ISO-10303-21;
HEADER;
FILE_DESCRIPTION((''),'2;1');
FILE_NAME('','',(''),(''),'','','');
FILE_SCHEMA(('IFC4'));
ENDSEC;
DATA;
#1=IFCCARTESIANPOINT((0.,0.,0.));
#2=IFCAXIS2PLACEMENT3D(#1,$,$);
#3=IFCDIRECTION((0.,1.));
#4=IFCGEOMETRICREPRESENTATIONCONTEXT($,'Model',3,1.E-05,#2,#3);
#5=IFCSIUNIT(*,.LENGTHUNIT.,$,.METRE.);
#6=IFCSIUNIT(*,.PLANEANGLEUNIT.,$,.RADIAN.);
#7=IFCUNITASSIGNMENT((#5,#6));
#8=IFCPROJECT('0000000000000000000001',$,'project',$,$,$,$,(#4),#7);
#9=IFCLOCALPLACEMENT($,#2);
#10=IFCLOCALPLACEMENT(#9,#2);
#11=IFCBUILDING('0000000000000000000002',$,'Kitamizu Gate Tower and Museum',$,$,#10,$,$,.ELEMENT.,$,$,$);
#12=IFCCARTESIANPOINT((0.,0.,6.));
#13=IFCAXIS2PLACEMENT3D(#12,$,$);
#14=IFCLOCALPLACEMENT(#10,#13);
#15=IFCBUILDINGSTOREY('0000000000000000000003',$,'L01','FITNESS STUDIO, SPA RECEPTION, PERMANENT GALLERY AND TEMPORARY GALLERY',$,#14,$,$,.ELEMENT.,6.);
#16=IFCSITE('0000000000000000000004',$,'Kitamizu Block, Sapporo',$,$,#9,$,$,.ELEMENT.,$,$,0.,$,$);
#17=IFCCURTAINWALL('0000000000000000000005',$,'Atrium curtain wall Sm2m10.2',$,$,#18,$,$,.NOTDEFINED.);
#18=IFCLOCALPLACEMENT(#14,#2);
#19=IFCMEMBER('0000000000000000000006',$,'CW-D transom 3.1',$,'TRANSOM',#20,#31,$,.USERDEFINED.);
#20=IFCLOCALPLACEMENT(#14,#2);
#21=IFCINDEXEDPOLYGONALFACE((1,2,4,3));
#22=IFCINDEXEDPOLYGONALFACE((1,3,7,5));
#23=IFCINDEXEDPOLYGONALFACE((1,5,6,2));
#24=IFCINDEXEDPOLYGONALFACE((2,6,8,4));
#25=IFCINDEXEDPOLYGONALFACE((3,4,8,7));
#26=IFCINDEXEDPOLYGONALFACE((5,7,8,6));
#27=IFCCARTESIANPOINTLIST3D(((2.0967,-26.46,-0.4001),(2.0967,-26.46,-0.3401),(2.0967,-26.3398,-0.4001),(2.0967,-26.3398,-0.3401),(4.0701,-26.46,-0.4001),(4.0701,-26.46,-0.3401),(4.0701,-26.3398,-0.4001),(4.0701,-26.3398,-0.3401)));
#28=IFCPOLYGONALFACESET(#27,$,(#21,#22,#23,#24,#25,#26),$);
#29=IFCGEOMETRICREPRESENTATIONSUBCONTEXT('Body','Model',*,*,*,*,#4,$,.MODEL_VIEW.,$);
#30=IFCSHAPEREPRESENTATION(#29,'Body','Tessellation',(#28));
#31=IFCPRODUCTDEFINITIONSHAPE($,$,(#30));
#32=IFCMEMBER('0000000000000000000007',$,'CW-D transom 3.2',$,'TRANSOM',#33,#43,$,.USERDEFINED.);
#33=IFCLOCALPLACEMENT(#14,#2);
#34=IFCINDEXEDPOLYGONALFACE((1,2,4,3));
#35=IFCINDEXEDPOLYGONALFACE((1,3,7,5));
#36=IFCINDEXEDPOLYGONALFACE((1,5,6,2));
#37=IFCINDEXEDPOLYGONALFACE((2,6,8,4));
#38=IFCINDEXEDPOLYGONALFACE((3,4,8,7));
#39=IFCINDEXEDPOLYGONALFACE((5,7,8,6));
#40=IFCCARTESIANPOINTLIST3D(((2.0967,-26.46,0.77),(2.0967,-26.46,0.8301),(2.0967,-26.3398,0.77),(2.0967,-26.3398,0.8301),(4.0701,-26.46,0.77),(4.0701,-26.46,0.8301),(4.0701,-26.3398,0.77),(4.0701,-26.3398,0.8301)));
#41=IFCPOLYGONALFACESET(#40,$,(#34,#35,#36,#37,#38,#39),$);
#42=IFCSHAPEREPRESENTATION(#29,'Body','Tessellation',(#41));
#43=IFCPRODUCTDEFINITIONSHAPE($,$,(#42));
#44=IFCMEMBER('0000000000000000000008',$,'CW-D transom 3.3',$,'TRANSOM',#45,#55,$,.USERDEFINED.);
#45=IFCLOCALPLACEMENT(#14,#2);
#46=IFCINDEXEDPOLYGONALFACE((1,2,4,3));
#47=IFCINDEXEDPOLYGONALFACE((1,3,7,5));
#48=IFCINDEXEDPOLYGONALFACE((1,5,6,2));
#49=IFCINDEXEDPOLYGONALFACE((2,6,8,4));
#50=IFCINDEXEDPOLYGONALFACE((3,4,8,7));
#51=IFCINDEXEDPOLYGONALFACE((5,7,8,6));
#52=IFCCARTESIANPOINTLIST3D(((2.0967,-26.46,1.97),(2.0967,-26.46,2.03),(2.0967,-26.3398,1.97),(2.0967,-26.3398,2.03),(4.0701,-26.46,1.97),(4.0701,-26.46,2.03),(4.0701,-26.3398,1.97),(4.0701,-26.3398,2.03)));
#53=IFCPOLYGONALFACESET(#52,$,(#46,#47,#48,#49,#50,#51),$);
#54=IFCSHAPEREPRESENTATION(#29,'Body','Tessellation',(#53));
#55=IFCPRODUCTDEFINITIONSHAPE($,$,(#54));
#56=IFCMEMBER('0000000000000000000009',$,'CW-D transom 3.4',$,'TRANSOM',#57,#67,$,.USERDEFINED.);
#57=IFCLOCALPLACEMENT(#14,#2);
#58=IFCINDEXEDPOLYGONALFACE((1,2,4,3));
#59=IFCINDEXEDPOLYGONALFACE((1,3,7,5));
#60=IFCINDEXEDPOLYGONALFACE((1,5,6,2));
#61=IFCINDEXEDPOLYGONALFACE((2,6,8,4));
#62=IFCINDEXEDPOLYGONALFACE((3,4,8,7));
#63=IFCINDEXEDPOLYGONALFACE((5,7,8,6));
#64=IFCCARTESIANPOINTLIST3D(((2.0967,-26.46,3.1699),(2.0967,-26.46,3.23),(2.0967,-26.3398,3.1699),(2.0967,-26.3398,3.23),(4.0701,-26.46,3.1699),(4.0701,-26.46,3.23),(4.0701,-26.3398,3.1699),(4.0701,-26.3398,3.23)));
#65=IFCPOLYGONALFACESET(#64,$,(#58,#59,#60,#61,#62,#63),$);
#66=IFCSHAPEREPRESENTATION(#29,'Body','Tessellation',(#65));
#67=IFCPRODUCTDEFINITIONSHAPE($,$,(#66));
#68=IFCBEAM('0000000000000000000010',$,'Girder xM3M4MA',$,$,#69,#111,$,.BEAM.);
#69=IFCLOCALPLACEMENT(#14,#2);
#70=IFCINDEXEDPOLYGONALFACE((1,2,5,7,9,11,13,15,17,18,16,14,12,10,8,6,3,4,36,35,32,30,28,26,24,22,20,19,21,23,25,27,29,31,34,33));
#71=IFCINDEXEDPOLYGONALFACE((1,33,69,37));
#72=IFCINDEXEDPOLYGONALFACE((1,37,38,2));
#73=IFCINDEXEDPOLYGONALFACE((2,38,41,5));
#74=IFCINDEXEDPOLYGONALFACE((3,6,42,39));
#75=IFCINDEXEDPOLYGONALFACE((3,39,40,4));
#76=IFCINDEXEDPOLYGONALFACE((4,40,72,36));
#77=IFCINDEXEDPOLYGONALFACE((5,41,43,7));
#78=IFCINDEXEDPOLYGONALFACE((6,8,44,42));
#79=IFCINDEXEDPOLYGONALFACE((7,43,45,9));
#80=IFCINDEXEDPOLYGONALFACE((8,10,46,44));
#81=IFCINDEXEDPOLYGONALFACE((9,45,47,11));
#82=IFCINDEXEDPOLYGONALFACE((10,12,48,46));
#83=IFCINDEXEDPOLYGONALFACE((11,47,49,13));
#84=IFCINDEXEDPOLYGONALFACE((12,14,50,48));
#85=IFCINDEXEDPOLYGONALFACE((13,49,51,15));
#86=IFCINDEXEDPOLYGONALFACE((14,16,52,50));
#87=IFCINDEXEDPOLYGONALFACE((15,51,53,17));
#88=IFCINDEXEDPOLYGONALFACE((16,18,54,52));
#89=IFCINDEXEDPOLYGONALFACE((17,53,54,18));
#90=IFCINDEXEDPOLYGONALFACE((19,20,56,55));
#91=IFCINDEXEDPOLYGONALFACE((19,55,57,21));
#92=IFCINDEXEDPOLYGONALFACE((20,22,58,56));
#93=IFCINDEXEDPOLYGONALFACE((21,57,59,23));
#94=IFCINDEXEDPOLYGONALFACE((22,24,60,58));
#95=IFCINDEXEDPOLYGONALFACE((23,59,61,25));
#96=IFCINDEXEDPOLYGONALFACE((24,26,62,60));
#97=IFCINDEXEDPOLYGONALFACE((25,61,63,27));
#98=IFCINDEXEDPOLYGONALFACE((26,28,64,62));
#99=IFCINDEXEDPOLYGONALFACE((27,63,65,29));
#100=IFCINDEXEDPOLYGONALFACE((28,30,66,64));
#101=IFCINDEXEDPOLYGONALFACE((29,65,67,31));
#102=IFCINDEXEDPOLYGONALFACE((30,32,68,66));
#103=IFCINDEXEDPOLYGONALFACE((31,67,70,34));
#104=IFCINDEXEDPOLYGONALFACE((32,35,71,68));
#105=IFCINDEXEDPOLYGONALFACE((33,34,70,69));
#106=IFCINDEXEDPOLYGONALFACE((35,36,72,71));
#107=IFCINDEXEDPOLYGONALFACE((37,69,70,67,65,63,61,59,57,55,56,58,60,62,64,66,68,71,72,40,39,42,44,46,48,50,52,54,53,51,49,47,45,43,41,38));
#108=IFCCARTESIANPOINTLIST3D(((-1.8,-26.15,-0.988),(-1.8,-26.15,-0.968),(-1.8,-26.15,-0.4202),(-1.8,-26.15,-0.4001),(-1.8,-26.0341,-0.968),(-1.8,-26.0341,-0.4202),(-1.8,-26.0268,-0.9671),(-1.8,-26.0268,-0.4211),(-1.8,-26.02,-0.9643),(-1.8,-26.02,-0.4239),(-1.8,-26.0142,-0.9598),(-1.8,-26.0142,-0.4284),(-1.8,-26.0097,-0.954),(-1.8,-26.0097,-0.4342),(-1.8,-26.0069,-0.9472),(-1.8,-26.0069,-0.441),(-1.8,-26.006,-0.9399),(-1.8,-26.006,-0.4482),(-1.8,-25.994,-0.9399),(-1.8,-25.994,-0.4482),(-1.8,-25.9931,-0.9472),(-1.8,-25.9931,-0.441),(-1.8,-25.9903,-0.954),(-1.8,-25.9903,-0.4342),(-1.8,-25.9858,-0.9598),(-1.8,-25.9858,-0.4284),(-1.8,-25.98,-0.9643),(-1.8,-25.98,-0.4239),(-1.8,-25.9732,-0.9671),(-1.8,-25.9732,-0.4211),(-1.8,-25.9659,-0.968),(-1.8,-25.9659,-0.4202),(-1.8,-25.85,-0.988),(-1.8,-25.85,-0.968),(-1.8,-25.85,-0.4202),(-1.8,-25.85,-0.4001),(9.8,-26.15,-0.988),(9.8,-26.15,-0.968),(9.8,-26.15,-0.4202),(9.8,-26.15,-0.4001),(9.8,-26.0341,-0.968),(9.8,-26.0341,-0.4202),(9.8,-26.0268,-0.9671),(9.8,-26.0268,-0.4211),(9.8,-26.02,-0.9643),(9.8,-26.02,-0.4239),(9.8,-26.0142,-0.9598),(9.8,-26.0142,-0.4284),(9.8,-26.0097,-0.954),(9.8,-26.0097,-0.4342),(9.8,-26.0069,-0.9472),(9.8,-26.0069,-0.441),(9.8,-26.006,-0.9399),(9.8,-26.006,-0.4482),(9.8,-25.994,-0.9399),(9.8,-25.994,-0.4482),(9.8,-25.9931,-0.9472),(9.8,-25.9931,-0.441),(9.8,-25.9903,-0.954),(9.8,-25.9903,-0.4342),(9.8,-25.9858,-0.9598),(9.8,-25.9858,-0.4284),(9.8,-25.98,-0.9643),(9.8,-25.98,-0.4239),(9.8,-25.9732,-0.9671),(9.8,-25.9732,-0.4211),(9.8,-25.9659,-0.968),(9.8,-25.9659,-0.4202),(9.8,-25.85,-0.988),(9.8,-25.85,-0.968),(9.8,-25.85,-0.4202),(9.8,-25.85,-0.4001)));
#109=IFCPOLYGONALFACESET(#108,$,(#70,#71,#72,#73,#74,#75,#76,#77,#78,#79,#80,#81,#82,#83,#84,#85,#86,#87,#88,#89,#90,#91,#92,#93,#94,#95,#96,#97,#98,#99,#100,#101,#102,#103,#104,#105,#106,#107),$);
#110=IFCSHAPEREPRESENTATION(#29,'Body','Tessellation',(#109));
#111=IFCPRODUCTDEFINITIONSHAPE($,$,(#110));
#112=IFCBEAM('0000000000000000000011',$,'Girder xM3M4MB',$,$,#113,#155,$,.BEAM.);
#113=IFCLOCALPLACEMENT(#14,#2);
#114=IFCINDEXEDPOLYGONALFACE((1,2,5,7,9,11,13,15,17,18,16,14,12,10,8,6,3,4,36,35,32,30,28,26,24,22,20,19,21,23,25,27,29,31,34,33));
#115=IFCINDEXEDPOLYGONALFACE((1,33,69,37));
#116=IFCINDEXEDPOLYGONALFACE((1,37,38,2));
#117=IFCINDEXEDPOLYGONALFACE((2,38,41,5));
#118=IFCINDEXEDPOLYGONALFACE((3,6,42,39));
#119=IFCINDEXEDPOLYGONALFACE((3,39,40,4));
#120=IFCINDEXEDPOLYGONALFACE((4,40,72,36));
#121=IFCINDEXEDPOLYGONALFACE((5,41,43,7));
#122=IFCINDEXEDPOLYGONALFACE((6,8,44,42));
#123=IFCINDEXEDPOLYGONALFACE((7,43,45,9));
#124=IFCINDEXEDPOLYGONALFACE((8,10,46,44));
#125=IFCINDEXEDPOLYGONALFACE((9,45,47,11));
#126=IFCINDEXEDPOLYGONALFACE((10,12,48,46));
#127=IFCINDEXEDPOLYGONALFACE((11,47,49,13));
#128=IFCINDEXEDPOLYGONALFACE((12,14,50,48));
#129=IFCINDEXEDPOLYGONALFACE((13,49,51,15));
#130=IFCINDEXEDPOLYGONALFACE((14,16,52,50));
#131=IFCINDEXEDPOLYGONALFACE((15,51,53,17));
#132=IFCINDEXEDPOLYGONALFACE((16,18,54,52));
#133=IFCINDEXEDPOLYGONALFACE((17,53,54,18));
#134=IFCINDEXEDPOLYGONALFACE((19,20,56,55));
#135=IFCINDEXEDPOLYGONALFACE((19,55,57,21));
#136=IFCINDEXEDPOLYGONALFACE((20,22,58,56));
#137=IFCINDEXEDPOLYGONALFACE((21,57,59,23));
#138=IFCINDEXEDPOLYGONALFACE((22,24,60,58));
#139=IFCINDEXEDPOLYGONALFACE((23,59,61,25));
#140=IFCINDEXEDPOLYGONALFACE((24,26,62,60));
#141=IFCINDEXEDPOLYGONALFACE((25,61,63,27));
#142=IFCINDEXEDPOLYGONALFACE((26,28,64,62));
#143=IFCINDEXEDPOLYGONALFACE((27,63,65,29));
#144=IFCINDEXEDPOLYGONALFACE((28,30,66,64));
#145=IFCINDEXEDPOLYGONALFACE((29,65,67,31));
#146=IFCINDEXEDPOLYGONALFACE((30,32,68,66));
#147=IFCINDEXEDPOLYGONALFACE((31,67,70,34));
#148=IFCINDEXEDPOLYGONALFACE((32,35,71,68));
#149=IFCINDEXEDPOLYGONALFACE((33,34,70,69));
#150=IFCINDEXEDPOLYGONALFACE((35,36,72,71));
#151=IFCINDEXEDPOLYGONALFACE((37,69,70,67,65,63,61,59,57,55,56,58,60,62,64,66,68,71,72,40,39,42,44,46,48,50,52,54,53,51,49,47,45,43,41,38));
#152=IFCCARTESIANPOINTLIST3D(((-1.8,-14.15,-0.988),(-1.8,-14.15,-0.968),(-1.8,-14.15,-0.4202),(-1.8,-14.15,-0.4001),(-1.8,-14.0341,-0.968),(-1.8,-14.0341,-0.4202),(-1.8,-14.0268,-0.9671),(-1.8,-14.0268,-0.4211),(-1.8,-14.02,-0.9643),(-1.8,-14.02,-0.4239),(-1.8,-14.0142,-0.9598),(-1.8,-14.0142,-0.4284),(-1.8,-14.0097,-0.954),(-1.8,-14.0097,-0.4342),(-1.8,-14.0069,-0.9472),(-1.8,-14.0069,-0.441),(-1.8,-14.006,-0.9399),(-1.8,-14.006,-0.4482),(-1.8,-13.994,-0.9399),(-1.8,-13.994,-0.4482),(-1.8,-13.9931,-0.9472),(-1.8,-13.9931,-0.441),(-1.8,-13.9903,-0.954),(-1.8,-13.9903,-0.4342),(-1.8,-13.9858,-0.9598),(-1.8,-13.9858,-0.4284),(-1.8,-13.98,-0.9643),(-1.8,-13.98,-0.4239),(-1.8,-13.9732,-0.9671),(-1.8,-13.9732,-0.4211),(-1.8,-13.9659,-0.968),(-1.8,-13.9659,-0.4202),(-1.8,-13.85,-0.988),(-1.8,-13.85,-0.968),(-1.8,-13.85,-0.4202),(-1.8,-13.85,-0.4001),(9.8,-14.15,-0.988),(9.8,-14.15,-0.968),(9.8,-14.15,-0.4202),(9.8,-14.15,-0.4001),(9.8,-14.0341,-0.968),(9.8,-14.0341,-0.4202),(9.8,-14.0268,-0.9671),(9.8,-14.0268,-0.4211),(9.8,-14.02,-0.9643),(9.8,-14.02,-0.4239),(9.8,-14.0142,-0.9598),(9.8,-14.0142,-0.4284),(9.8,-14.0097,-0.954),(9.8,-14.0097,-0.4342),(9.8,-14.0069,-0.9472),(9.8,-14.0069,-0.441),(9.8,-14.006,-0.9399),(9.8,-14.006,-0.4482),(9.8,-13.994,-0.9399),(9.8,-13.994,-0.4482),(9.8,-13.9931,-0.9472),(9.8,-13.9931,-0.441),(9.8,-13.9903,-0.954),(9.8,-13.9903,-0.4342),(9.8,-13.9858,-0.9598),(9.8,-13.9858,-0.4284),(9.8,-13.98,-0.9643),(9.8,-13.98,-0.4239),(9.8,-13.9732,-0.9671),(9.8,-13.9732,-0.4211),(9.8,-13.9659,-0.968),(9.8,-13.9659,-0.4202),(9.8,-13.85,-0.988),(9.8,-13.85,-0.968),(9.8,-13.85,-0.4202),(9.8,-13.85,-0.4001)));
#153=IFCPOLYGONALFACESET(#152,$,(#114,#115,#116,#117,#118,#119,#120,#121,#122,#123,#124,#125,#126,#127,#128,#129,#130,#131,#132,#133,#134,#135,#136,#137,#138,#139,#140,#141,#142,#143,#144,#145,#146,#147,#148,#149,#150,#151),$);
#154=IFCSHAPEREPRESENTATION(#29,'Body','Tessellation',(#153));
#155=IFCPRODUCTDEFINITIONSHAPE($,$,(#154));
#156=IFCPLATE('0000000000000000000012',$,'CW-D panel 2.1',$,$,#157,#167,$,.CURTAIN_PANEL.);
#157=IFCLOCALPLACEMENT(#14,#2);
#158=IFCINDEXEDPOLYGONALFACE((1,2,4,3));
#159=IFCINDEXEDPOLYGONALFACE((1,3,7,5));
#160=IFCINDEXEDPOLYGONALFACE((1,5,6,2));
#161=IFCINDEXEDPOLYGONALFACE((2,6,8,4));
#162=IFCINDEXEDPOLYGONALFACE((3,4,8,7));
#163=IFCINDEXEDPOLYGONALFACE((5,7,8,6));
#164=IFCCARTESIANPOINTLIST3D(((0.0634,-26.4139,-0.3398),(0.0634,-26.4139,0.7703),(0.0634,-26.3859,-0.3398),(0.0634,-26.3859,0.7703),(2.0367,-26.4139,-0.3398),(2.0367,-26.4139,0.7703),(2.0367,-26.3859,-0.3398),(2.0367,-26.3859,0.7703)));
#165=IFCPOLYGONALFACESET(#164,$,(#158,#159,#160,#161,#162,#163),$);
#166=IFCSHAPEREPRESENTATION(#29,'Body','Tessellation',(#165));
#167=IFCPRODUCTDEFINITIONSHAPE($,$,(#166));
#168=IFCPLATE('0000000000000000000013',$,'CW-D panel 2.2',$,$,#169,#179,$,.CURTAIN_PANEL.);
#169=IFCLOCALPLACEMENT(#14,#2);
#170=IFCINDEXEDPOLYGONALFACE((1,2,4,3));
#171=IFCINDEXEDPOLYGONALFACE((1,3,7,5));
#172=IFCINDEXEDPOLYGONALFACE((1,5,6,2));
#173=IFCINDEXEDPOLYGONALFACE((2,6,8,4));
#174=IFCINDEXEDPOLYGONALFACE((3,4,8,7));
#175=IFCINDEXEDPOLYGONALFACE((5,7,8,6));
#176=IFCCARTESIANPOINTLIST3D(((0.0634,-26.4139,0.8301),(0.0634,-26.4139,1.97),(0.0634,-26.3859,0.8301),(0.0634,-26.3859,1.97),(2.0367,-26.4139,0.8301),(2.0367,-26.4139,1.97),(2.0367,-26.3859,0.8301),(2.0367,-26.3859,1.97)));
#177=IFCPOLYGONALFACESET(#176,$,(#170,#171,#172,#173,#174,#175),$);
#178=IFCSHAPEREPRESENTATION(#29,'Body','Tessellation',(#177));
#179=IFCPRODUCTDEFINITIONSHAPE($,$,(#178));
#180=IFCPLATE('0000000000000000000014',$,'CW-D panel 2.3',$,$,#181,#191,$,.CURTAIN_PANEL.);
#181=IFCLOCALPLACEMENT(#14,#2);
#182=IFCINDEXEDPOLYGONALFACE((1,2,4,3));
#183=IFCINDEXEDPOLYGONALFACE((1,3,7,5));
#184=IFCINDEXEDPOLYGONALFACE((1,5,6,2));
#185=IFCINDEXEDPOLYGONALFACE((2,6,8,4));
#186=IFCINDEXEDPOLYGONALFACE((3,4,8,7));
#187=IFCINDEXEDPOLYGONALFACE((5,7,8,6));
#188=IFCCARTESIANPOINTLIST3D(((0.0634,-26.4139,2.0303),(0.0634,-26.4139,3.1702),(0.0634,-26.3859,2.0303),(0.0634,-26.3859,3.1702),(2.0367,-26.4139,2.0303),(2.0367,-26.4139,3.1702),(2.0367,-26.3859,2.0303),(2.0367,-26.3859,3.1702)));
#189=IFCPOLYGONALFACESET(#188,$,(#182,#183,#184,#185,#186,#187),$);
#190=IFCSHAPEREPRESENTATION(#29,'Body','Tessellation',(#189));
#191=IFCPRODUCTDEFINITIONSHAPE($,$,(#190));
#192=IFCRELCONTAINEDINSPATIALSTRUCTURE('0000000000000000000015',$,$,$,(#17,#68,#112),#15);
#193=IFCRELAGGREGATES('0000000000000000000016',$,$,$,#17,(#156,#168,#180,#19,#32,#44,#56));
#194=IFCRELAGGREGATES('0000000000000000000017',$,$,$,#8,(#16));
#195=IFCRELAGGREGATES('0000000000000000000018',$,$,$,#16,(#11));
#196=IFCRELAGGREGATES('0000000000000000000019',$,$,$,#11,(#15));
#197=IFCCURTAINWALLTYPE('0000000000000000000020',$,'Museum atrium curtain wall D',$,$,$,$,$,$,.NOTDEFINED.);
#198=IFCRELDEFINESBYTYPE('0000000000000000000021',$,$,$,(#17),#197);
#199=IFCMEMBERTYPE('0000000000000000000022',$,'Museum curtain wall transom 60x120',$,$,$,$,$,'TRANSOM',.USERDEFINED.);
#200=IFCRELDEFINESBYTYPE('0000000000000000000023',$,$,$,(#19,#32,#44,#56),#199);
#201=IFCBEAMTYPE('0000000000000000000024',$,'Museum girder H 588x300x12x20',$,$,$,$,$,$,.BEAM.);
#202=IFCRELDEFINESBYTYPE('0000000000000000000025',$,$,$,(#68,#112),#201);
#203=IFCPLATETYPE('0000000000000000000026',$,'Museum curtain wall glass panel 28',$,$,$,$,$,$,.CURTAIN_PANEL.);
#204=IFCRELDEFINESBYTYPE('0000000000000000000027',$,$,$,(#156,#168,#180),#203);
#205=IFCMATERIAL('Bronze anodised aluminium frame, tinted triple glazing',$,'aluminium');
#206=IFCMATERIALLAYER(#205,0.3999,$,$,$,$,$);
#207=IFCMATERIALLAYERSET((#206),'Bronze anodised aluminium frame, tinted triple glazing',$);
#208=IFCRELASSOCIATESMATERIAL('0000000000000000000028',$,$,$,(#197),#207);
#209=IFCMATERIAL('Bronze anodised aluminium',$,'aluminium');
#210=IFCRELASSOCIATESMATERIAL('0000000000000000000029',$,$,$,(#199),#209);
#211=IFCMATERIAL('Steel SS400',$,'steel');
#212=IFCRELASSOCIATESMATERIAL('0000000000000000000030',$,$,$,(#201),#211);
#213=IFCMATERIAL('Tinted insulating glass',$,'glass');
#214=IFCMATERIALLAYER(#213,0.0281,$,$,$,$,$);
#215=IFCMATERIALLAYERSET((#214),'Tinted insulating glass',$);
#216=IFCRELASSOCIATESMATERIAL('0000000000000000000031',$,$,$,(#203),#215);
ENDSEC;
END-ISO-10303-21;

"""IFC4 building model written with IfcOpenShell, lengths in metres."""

from ifc_helpers import new_model, si_unit, direction, frame, origin, origin_2d, place, context, subcontext, project, spatial, rectangle, i_section, extrude, material, layer, layer_set, material_profile, profile_set, type_object, element, aggregate, save


model = new_model("IFC4")

# Units and contexts
model_context = context("Model", 3, precision=1e-05, world=origin(), true_north=direction((0.0, 1.0)))
body_context = subcontext(model_context, "Body", "Model", "MODEL_VIEW")
ifc_project = project(units=[si_unit("LENGTHUNIT", "METRE"), si_unit("PLANEANGLEUNIT", "RADIAN")], contexts=[model_context])

# Site, building, storey
site_placement = place(None, origin())
site = spatial("IfcSite", under=ifc_project, at=site_placement, Name="Kitamizu Block, Sapporo", CompositionType="ELEMENT", RefElevation=0.0)
building_placement = place(site_placement, origin())
building = spatial("IfcBuilding", under=site, at=building_placement, Name="Kitamizu Gate Tower and Museum", CompositionType="ELEMENT")
storey_placement = place(building_placement, frame((0.0, 0.0, 6.0)))
storey = spatial("IfcBuildingStorey", under=building, at=storey_placement, Name="L01", Description="FITNESS STUDIO, SPA RECEPTION, PERMANENT GALLERY AND TEMPORARY GALLERY", CompositionType="ELEMENT", Elevation=6.0)

# Curtain wall, members
ifc_material_1 = material(Name="Bronze anodised aluminium frame, tinted triple glazing", Category="aluminium")
ifc_layer_1 = layer(ifc_material_1, 0.3999)
ifc_layer_set_1 = layer_set([ifc_layer_1], Name="Bronze anodised aluminium frame, tinted triple glazing")
curtain_wall_type = type_object("IfcCurtainWallType", Name="Museum atrium curtain wall D", PredefinedType="NOTDEFINED", material=ifc_layer_set_1)
curtain_wall_placement = place(storey_placement, origin())
curtain_wall = element("IfcCurtainWall", 1, at=curtain_wall_placement, inside=storey, type_object=curtain_wall_type, Name="Atrium curtain wall Sm2m10.2", PredefinedType="NOTDEFINED")
ifc_material_2 = material(Name="Bronze anodised aluminium", Category="aluminium")
ifc_material_profile_1 = material_profile(ifc_material_2, rectangle(XDim=0.1201, YDim=0.0601, at=origin_2d()), Name="120x60")
ifc_profile_set_1 = profile_set([ifc_material_profile_1], Name="Bronze anodised aluminium")
member_type_1 = type_object("IfcMemberType", Name="Museum curtain wall transom 60x120", ElementType="TRANSOM", PredefinedType="USERDEFINED", material=ifc_profile_set_1)
member_1_placement = place(storey_placement, frame((2.0967, -26.3999, -0.3701), z_axis=(1.0, 0.0, 0.0), x_axis=(0.0, 1.0, 0.0)))
member_1 = element("IfcMember", 2, at=member_1_placement, type_object=member_type_1, Name="CW-D transom 3.1", ObjectType="TRANSOM", PredefinedType="USERDEFINED", context=body_context, shape_type="SweptSolid", body=[
    extrude(rectangle(XDim=0.1201, YDim=0.0601, at=origin_2d()), origin(), (0.0, 0.0, 1.0), 1.9734),
])
member_2_placement = place(storey_placement, frame((2.0967, -26.3999, 0.8), z_axis=(1.0, 0.0, 0.0), x_axis=(0.0, 1.0, 0.0)))
member_2 = element("IfcMember", 3, at=member_2_placement, type_object=member_type_1, Name="CW-D transom 3.2", ObjectType="TRANSOM", PredefinedType="USERDEFINED", context=body_context, shape_type="SweptSolid", body=[
    extrude(rectangle(XDim=0.1201, YDim=0.0601, at=origin_2d()), origin(), (0.0, 0.0, 1.0), 1.9734),
])
member_3_placement = place(storey_placement, frame((2.0967, -26.3999, 2.0), z_axis=(1.0, 0.0, 0.0), x_axis=(0.0, 1.0, 0.0)))
member_3 = element("IfcMember", 4, at=member_3_placement, type_object=member_type_1, Name="CW-D transom 3.3", ObjectType="TRANSOM", PredefinedType="USERDEFINED", context=body_context, shape_type="SweptSolid", body=[
    extrude(rectangle(XDim=0.1201, YDim=0.0601, at=origin_2d()), origin(), (0.0, 0.0, 1.0), 1.9734),
])
member_4_placement = place(storey_placement, frame((2.0967, -26.3999, 3.2), z_axis=(1.0, 0.0, 0.0), x_axis=(0.0, 1.0, 0.0)))
member_4 = element("IfcMember", 5, at=member_4_placement, type_object=member_type_1, Name="CW-D transom 3.4", ObjectType="TRANSOM", PredefinedType="USERDEFINED", context=body_context, shape_type="SweptSolid", body=[
    extrude(rectangle(XDim=0.1201, YDim=0.0601, at=origin_2d()), origin(), (0.0, 0.0, 1.0), 1.9734),
])

# Beams
ifc_material_3 = material(Name="Steel SS400", Category="steel")
ifc_material_profile_2 = material_profile(ifc_material_3, i_section(OverallWidth=0.3, OverallDepth=0.5879, WebThickness=0.012, FlangeThickness=0.02, FilletRadius=0.0281, at=origin_2d()), Name="H-588x300x12x20")
ifc_profile_set_2 = profile_set([ifc_material_profile_2], Name="Steel SS400")
beam_type = type_object("IfcBeamType", Name="Museum girder H 588x300x12x20", PredefinedType="BEAM", material=ifc_profile_set_2)
for number, where, z_axis, x_axis, name in (
    (6, (-1.8, -26.0, -0.6941), (1.0, 0.0, 0.0), (0.0, 1.0, 0.0), "Girder xM3M4MA"),
    (7, (-1.8, -14.0, -0.6941), (1.0, 0.0, 0.0), (0.0, 1.0, 0.0), "Girder xM3M4MB"),
):
    element("IfcBeam", number, at=place(storey_placement, frame(where, z_axis=z_axis, x_axis=x_axis)), inside=storey, type_object=beam_type, Name=name, PredefinedType="BEAM", context=body_context, shape_type="SweptSolid", body=[
        extrude(i_section(OverallWidth=0.3, OverallDepth=0.5879, WebThickness=0.012, FlangeThickness=0.02, FilletRadius=0.0281, at=origin_2d()), origin(), (0.0, 0.0, 1.0), 11.6001),
    ])

# Plates
ifc_material_4 = material(Name="Tinted insulating glass", Category="glass")
ifc_layer_2 = layer(ifc_material_4, 0.0281)
ifc_layer_set_2 = layer_set([ifc_layer_2], Name="Tinted insulating glass")
plate_type = type_object("IfcPlateType", Name="Museum curtain wall glass panel 28", PredefinedType="CURTAIN_PANEL", material=ifc_layer_set_2)
plate_1_placement = place(storey_placement, frame((1.05, -26.3999, -0.3398), z_axis=(0.0, 0.0, 1.0), x_axis=(1.0, 0.0, 0.0)))
plate_1 = element("IfcPlate", 8, at=plate_1_placement, type_object=plate_type, Name="CW-D panel 2.1", PredefinedType="CURTAIN_PANEL", context=body_context, shape_type="SweptSolid", body=[
    extrude(rectangle(XDim=1.9734, YDim=0.0281, at=origin_2d()), origin(), (0.0, 0.0, 1.0), 1.1101),
])
plate_2_placement = place(storey_placement, frame((1.05, -26.3999, 0.8301), z_axis=(0.0, 0.0, 1.0), x_axis=(1.0, 0.0, 0.0)))
plate_2 = element("IfcPlate", 9, at=plate_2_placement, type_object=plate_type, Name="CW-D panel 2.2", PredefinedType="CURTAIN_PANEL", context=body_context, shape_type="SweptSolid", body=[
    extrude(rectangle(XDim=1.9734, YDim=0.0281, at=origin_2d()), origin(), (0.0, 0.0, 1.0), 1.1399),
])
plate_3_placement = place(storey_placement, frame((1.05, -26.3999, 2.0303), z_axis=(0.0, 0.0, 1.0), x_axis=(1.0, 0.0, 0.0)))
plate_3 = element("IfcPlate", 10, at=plate_3_placement, type_object=plate_type, Name="CW-D panel 2.3", PredefinedType="CURTAIN_PANEL", context=body_context, shape_type="SweptSolid", body=[
    extrude(rectangle(XDim=1.9734, YDim=0.0281, at=origin_2d()), origin(), (0.0, 0.0, 1.0), 1.1399),
])
aggregate(curtain_wall, [plate_1, plate_2, plate_3, member_1, member_2, member_3, member_4])

save(model, "model.ifc")
